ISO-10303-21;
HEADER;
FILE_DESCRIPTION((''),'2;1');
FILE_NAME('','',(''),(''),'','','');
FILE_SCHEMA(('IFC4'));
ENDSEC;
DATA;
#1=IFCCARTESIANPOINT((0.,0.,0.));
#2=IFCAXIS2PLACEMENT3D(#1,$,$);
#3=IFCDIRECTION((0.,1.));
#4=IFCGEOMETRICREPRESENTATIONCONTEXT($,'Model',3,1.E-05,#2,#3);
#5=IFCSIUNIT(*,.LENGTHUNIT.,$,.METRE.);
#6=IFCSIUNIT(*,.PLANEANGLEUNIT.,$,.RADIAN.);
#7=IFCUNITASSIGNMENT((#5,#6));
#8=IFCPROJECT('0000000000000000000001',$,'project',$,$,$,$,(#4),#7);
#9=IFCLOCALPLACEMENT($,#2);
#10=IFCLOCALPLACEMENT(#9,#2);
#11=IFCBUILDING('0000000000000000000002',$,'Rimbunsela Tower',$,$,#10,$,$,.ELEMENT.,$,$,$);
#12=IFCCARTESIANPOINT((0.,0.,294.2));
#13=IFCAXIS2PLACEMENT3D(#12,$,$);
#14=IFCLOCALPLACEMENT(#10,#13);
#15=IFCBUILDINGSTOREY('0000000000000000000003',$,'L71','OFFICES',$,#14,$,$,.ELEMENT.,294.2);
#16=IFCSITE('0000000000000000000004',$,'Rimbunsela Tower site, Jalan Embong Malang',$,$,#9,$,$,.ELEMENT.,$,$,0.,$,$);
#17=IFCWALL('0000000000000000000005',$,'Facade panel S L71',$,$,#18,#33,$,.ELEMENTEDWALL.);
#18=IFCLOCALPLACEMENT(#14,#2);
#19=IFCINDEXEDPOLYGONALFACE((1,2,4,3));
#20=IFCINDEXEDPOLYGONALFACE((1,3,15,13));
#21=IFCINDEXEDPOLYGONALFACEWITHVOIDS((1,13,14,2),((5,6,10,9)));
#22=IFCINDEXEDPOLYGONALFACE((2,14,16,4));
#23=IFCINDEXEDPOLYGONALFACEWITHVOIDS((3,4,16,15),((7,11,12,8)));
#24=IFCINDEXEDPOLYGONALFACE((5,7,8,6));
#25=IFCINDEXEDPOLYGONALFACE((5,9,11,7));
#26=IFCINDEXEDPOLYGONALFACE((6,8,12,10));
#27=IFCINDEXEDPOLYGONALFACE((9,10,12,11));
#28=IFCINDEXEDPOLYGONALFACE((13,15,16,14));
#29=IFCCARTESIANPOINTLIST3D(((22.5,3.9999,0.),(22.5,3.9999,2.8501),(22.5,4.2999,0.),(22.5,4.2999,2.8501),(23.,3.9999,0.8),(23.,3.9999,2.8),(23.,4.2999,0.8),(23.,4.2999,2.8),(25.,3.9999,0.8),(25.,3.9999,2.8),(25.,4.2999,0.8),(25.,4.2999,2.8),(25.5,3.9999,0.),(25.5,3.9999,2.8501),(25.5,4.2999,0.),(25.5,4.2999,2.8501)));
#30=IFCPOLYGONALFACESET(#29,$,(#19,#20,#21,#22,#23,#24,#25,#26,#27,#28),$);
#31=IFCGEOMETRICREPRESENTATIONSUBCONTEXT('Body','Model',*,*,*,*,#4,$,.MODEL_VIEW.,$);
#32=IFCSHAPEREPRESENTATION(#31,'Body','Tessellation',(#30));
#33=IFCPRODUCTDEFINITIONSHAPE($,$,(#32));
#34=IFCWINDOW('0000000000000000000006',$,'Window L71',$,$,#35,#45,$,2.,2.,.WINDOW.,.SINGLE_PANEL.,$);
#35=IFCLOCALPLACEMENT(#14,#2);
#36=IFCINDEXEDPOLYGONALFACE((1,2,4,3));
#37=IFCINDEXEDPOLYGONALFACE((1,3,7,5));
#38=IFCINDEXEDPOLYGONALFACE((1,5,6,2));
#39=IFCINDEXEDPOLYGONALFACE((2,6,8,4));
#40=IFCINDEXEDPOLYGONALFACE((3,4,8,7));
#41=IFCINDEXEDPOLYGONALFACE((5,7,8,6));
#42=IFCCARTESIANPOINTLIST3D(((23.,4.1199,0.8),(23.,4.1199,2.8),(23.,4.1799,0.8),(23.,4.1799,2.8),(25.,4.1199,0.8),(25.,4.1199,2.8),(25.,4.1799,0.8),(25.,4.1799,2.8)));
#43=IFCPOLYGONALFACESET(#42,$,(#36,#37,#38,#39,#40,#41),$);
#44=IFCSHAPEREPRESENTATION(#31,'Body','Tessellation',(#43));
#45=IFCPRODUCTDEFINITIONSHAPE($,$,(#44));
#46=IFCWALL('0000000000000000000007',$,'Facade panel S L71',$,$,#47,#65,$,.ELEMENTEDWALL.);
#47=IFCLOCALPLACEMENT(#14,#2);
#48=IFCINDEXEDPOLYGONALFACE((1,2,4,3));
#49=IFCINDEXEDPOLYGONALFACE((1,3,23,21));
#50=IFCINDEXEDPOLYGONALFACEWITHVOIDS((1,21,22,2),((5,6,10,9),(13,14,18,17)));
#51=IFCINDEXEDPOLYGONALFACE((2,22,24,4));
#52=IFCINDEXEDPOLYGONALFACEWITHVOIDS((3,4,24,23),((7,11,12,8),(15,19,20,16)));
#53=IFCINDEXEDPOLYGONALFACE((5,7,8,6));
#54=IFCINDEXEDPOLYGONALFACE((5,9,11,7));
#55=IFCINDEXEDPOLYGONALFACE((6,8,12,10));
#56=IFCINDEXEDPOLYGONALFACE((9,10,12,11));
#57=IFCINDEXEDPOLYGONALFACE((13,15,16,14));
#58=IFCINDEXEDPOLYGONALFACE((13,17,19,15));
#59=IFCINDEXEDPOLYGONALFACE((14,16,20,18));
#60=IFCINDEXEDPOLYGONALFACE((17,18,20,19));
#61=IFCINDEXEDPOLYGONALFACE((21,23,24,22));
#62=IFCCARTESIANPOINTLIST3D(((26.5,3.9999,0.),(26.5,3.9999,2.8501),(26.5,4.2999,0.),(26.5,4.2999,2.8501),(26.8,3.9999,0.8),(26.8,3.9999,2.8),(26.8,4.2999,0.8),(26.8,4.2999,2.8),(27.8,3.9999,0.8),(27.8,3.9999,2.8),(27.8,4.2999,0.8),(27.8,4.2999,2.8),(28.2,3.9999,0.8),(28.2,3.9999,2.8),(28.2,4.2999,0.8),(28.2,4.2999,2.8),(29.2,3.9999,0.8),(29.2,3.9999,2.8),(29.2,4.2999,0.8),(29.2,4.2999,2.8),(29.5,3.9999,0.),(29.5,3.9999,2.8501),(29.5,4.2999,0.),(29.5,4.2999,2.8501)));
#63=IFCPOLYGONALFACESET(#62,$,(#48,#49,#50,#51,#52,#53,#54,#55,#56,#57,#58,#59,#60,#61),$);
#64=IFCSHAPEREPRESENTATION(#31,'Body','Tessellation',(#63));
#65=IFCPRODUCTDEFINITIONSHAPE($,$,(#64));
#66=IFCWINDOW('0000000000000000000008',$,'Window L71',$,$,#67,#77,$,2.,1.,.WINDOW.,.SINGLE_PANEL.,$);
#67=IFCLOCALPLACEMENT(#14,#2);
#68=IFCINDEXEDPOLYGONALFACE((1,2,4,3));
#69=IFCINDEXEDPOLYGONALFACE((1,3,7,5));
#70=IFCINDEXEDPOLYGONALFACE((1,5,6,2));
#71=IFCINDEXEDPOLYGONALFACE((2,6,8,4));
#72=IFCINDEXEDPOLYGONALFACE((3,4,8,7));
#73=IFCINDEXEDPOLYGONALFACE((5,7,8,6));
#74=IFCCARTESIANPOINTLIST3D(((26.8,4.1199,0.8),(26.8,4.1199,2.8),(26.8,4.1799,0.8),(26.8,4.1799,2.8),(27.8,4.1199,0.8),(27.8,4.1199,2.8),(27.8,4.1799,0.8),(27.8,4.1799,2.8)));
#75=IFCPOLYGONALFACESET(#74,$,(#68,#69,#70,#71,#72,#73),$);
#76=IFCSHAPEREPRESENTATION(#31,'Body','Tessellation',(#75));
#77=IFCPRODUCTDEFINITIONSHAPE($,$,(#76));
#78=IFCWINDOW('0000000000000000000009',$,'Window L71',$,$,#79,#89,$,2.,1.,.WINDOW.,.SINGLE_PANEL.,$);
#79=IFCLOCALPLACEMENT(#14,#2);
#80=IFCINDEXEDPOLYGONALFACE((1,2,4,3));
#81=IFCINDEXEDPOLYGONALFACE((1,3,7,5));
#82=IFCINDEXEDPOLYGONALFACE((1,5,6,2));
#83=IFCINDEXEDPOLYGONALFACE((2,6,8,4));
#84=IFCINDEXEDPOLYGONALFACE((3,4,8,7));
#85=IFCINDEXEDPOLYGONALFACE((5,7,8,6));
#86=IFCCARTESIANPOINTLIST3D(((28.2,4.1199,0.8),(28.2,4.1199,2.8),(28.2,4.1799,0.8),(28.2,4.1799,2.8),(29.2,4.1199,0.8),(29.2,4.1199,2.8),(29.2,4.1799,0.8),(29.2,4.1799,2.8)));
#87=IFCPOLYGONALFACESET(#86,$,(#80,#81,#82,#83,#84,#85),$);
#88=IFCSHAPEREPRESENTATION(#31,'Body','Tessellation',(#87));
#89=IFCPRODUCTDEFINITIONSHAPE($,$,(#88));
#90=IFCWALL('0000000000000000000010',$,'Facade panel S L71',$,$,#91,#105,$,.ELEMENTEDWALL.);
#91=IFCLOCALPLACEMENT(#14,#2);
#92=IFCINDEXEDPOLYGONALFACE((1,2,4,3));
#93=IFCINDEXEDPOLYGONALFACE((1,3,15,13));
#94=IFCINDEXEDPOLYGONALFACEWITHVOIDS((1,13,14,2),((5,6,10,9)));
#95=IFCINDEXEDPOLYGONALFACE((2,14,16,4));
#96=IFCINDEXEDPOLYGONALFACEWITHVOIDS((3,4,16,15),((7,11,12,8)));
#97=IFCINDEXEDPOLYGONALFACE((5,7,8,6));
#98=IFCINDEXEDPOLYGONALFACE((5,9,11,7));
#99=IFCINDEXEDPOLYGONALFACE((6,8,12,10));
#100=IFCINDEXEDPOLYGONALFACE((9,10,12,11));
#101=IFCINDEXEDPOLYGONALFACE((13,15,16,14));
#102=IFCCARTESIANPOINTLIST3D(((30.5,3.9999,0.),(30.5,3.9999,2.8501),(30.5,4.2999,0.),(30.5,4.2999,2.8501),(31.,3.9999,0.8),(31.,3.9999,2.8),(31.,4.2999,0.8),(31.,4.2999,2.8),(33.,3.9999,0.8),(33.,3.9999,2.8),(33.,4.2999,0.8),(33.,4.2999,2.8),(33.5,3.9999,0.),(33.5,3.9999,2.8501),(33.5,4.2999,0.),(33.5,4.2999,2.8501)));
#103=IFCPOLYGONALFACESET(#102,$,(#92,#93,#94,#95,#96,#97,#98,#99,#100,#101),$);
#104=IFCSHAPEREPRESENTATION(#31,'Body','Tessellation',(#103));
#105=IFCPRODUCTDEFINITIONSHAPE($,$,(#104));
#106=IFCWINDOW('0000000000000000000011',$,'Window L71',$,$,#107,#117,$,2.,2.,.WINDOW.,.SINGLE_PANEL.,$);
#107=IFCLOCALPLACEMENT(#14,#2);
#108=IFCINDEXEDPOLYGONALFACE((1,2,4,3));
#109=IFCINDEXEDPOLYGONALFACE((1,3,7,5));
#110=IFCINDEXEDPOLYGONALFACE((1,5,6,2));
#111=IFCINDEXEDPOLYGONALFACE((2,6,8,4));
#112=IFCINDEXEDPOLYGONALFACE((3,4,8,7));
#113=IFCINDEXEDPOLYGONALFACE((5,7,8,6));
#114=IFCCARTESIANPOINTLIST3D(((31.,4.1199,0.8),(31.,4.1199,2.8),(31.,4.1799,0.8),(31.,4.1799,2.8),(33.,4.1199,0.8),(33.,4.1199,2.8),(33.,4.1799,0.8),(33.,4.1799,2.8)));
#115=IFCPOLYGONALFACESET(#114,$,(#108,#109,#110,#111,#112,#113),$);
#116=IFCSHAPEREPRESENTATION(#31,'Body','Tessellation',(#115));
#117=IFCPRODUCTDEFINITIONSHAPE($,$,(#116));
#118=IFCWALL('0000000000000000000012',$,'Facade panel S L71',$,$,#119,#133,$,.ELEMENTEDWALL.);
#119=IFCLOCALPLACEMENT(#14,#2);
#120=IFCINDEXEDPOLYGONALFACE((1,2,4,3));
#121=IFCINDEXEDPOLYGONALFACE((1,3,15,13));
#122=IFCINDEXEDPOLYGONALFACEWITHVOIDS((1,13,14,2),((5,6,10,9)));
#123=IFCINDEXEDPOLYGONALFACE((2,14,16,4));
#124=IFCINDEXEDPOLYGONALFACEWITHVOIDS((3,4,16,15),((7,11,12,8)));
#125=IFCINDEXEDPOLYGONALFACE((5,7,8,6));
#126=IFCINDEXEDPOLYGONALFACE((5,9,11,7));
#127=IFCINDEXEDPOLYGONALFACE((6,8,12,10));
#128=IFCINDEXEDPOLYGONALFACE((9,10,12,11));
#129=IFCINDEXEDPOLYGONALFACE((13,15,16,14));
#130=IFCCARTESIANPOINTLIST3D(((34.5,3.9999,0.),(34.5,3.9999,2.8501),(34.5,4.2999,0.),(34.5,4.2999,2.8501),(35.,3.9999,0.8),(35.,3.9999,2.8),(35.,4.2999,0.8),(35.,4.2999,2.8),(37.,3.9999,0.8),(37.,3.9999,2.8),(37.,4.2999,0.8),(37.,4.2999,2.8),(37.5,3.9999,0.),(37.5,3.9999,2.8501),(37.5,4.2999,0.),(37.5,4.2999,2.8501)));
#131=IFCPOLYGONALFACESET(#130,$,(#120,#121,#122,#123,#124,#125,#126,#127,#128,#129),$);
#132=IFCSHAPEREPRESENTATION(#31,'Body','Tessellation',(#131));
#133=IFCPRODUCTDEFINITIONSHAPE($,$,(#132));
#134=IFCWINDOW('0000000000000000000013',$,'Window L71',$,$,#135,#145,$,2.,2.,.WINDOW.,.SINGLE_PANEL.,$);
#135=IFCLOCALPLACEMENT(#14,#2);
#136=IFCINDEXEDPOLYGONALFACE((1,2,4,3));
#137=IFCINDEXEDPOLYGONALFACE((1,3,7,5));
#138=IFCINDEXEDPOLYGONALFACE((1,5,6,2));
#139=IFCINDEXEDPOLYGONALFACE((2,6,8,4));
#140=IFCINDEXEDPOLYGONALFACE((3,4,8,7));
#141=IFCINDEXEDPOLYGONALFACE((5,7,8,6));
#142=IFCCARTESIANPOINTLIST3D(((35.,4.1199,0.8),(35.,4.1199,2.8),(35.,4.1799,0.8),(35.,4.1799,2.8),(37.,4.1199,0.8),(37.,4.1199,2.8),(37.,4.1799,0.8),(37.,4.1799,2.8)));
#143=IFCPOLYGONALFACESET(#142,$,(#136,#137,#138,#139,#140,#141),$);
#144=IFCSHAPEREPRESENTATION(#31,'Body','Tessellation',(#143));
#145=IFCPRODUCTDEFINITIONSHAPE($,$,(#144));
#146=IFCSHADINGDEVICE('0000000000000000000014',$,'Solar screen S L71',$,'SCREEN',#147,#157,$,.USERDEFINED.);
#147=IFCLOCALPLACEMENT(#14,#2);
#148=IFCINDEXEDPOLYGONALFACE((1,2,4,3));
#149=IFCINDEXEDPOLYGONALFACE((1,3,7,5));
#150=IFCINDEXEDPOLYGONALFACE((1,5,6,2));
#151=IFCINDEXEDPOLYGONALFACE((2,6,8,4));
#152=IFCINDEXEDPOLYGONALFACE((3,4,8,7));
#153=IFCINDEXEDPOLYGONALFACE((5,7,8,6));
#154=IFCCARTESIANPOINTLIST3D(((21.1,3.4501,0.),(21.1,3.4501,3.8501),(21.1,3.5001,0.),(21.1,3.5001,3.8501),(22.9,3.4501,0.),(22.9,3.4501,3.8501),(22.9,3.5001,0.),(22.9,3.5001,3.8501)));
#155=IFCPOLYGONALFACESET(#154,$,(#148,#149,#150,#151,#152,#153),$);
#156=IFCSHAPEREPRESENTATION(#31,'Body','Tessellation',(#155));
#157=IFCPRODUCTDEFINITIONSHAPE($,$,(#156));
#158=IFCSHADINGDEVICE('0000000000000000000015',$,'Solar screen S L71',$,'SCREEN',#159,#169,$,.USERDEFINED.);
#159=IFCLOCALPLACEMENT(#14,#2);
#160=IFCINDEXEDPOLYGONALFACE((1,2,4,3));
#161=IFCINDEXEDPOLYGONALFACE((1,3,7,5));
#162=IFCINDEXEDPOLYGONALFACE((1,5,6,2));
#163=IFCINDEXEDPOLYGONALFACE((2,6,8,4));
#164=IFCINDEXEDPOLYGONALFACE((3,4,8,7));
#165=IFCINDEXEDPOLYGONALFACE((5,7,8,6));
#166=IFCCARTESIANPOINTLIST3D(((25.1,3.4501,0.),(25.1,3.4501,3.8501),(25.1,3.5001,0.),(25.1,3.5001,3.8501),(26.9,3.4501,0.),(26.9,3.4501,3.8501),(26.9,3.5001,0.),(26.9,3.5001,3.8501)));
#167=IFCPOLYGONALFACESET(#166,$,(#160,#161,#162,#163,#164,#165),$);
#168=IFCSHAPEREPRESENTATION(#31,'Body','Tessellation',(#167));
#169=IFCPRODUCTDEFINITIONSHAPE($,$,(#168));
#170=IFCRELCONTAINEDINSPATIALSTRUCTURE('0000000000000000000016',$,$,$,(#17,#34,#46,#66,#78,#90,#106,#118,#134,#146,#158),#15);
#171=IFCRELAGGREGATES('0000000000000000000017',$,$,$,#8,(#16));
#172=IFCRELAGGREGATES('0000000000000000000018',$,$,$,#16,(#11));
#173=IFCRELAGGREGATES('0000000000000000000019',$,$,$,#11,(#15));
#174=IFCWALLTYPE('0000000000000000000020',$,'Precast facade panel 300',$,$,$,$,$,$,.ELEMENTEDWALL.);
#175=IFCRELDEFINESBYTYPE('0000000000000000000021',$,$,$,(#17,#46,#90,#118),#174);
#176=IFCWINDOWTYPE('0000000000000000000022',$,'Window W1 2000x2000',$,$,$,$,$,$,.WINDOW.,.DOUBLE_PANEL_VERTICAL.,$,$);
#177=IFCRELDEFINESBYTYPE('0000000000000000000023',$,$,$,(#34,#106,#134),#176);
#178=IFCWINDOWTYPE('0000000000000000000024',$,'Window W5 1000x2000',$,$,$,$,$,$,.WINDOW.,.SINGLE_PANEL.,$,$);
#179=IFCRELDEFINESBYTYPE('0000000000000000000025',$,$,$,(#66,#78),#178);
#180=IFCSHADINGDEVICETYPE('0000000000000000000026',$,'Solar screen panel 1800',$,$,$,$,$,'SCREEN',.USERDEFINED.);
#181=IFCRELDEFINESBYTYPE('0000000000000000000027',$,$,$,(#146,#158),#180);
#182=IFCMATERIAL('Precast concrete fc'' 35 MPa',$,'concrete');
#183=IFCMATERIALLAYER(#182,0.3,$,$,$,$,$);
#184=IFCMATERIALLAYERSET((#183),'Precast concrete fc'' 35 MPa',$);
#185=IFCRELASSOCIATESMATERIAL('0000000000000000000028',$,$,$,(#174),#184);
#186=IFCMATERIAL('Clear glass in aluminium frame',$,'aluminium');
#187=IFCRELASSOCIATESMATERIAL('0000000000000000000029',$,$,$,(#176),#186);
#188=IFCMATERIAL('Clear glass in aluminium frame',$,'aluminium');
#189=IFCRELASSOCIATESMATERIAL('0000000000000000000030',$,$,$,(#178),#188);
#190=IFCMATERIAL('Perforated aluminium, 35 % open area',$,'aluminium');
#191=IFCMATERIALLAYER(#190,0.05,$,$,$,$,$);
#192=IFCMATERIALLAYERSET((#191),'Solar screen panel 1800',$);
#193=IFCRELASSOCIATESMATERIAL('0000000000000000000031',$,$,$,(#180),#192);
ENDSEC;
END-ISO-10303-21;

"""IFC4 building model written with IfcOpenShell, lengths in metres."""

from ifc_helpers import new_model, si_unit, direction, frame, frame_2d, origin, origin_2d, place, context, subcontext, project, spatial, rectangle, extrude, material, layer, layer_set, type_object, element, fill, save


model = new_model("IFC4")

# Units and contexts
model_context = context("Model", 3, precision=1e-05, world=origin(), true_north=direction((0.0, 1.0)))
body_context = subcontext(model_context, "Body", "Model", "MODEL_VIEW")
ifc_project = project(units=[si_unit("LENGTHUNIT", "METRE"), si_unit("PLANEANGLEUNIT", "RADIAN")], contexts=[model_context])

# Site, building, storey
site_placement = place(None, origin())
site = spatial("IfcSite", under=ifc_project, at=site_placement, Name="Rimbunsela Tower site, Jalan Embong Malang", CompositionType="ELEMENT", RefElevation=0.0)
building_placement = place(site_placement, origin())
building = spatial("IfcBuilding", under=site, at=building_placement, Name="Rimbunsela Tower", CompositionType="ELEMENT")
storey_placement = place(building_placement, frame((0.0, 0.0, 294.2)))
storey = spatial("IfcBuildingStorey", under=building, at=storey_placement, Name="L71", Description="OFFICES", CompositionType="ELEMENT", Elevation=294.2)

# Wall, opening, window
ifc_material_1 = material(Name="Precast concrete fc' 35 MPa", Category="concrete")
ifc_layer_1 = layer(ifc_material_1, 0.3)
ifc_layer_set_1 = layer_set([ifc_layer_1], Name="Precast concrete fc' 35 MPa")
wall_type = type_object("IfcWallType", Name="Precast facade panel 300", PredefinedType="ELEMENTEDWALL", material=ifc_layer_set_1)
ifc_material_2 = material(Name="Clear glass in aluminium frame", Category="aluminium")
window_type_1 = type_object("IfcWindowType", Name="Window W1 2000x2000", PartitioningType="DOUBLE_PANEL_VERTICAL", PredefinedType="WINDOW", material=ifc_material_2)
wall_1_placement = place(storey_placement, frame((22.5, 4.1499, 0.0), z_axis=(0.0, 0.0, 1.0), x_axis=(1.0, 0.0, 0.0)))
wall_1 = element("IfcWall", 1, at=wall_1_placement, inside=storey, type_object=wall_type, Name="Facade panel S L71", PredefinedType="ELEMENTEDWALL", context=body_context, shape_type="SweptSolid", body=[
    extrude(rectangle(XDim=3.0, YDim=0.3, at=frame_2d((1.5, 0.0))), origin(), (0.0, 0.0, 1.0), 2.8501),
])
opening_1_placement = place(wall_1_placement, frame((0.5, 0.0, 0.8)))
opening_1 = element("IfcOpeningElement", 2, at=opening_1_placement, cuts=wall_1, PredefinedType="OPENING", context=body_context, shape_type="SweptSolid", body=[
    extrude(rectangle(XDim=2.0, YDim=2.0, at=frame_2d((1.0, 1.0))), frame((0.0, 0.1599, 0.0), z_axis=(0.0, -1.0, 0.0), x_axis=(1.0, 0.0, 0.0)), (0.0, 0.0, 1.0), 0.3201),
])
window_1_placement = place(opening_1_placement, origin())
window_1 = element("IfcWindow", 3, at=window_1_placement, inside=storey, type_object=window_type_1, Name="Window L71", OverallHeight=2.0, OverallWidth=2.0, PartitioningType="SINGLE_PANEL", PredefinedType="WINDOW", context=body_context, shape_type="SweptSolid", body=[
    extrude(rectangle(XDim=2.0, YDim=2.0, at=frame_2d((1.0, 1.0))), frame((0.0, 0.03, 0.0), z_axis=(0.0, -1.0, 0.0), x_axis=(1.0, 0.0, 0.0)), (0.0, 0.0, 1.0), 0.0601),
])
fill(opening_1, window_1)

# Wall, openings, windows
wall_2_placement = place(storey_placement, frame((26.5, 4.1499, 0.0), z_axis=(0.0, 0.0, 1.0), x_axis=(1.0, 0.0, 0.0)))
wall_2 = element("IfcWall", 4, at=wall_2_placement, inside=storey, type_object=wall_type, Name="Facade panel S L71", PredefinedType="ELEMENTEDWALL", context=body_context, shape_type="SweptSolid", body=[
    extrude(rectangle(XDim=3.0, YDim=0.3, at=frame_2d((1.5, 0.0))), origin(), (0.0, 0.0, 1.0), 2.8501),
])
opening_2_placement = place(wall_2_placement, frame((0.3, 0.0, 0.8)))
opening_2 = element("IfcOpeningElement", 5, at=opening_2_placement, cuts=wall_2, PredefinedType="OPENING", context=body_context, shape_type="SweptSolid", body=[
    extrude(rectangle(XDim=1.0, YDim=2.0, at=frame_2d((0.5, 1.0))), frame((0.0, 0.1599, 0.0), z_axis=(0.0, -1.0, 0.0), x_axis=(1.0, 0.0, 0.0)), (0.0, 0.0, 1.0), 0.3201),
])
opening_3_placement = place(wall_2_placement, frame((1.7, 0.0, 0.8)))
opening_3 = element("IfcOpeningElement", 6, at=opening_3_placement, cuts=wall_2, PredefinedType="OPENING", context=body_context, shape_type="SweptSolid", body=[
    extrude(rectangle(XDim=1.0, YDim=2.0, at=frame_2d((0.5, 1.0))), frame((0.0, 0.1599, 0.0), z_axis=(0.0, -1.0, 0.0), x_axis=(1.0, 0.0, 0.0)), (0.0, 0.0, 1.0), 0.3201),
])
ifc_material_3 = material(Name="Clear glass in aluminium frame", Category="aluminium")
window_type_2 = type_object("IfcWindowType", Name="Window W5 1000x2000", PartitioningType="SINGLE_PANEL", PredefinedType="WINDOW", material=ifc_material_3)
window_2_placement = place(opening_2_placement, origin())
window_2 = element("IfcWindow", 7, at=window_2_placement, inside=storey, type_object=window_type_2, Name="Window L71", OverallHeight=2.0, OverallWidth=1.0, PartitioningType="SINGLE_PANEL", PredefinedType="WINDOW", context=body_context, shape_type="SweptSolid", body=[
    extrude(rectangle(XDim=1.0, YDim=2.0, at=frame_2d((0.5, 1.0))), frame((0.0, 0.03, 0.0), z_axis=(0.0, -1.0, 0.0), x_axis=(1.0, 0.0, 0.0)), (0.0, 0.0, 1.0), 0.0601),
])
fill(opening_2, window_2)
window_3_placement = place(opening_3_placement, origin())
window_3 = element("IfcWindow", 8, at=window_3_placement, inside=storey, type_object=window_type_2, Name="Window L71", OverallHeight=2.0, OverallWidth=1.0, PartitioningType="SINGLE_PANEL", PredefinedType="WINDOW", context=body_context, shape_type="SweptSolid", body=[
    extrude(rectangle(XDim=1.0, YDim=2.0, at=frame_2d((0.5, 1.0))), frame((0.0, 0.03, 0.0), z_axis=(0.0, -1.0, 0.0), x_axis=(1.0, 0.0, 0.0)), (0.0, 0.0, 1.0), 0.0601),
])
fill(opening_3, window_3)

# Walls, openings, windows
wall_3_placement = place(storey_placement, frame((30.5, 4.1499, 0.0), z_axis=(0.0, 0.0, 1.0), x_axis=(1.0, 0.0, 0.0)))
wall_3 = element("IfcWall", 9, at=wall_3_placement, inside=storey, type_object=wall_type, Name="Facade panel S L71", PredefinedType="ELEMENTEDWALL", context=body_context, shape_type="SweptSolid", body=[
    extrude(rectangle(XDim=3.0, YDim=0.3, at=frame_2d((1.5, 0.0))), origin(), (0.0, 0.0, 1.0), 2.8501),
])
opening_4_placement = place(wall_3_placement, frame((0.5, 0.0, 0.8)))
opening_4 = element("IfcOpeningElement", 10, at=opening_4_placement, cuts=wall_3, PredefinedType="OPENING", context=body_context, shape_type="SweptSolid", body=[
    extrude(rectangle(XDim=2.0, YDim=2.0, at=frame_2d((1.0, 1.0))), frame((0.0, 0.1599, 0.0), z_axis=(0.0, -1.0, 0.0), x_axis=(1.0, 0.0, 0.0)), (0.0, 0.0, 1.0), 0.3201),
])
window_4_placement = place(opening_4_placement, origin())
window_4 = element("IfcWindow", 11, at=window_4_placement, inside=storey, type_object=window_type_1, Name="Window L71", OverallHeight=2.0, OverallWidth=2.0, PartitioningType="SINGLE_PANEL", PredefinedType="WINDOW", context=body_context, shape_type="SweptSolid", body=[
    extrude(rectangle(XDim=2.0, YDim=2.0, at=frame_2d((1.0, 1.0))), frame((0.0, 0.03, 0.0), z_axis=(0.0, -1.0, 0.0), x_axis=(1.0, 0.0, 0.0)), (0.0, 0.0, 1.0), 0.0601),
])
fill(opening_4, window_4)
wall_4_placement = place(storey_placement, frame((34.5, 4.1499, 0.0), z_axis=(0.0, 0.0, 1.0), x_axis=(1.0, 0.0, 0.0)))
wall_4 = element("IfcWall", 12, at=wall_4_placement, inside=storey, type_object=wall_type, Name="Facade panel S L71", PredefinedType="ELEMENTEDWALL", context=body_context, shape_type="SweptSolid", body=[
    extrude(rectangle(XDim=3.0, YDim=0.3, at=frame_2d((1.5, 0.0))), origin(), (0.0, 0.0, 1.0), 2.8501),
])
opening_5_placement = place(wall_4_placement, frame((0.5, 0.0, 0.8)))
opening_5 = element("IfcOpeningElement", 13, at=opening_5_placement, cuts=wall_4, PredefinedType="OPENING", context=body_context, shape_type="SweptSolid", body=[
    extrude(rectangle(XDim=2.0, YDim=2.0, at=frame_2d((1.0, 1.0))), frame((0.0, 0.1599, 0.0), z_axis=(0.0, -1.0, 0.0), x_axis=(1.0, 0.0, 0.0)), (0.0, 0.0, 1.0), 0.3201),
])
window_5_placement = place(opening_5_placement, origin())
window_5 = element("IfcWindow", 14, at=window_5_placement, inside=storey, type_object=window_type_1, Name="Window L71", OverallHeight=2.0, OverallWidth=2.0, PartitioningType="SINGLE_PANEL", PredefinedType="WINDOW", context=body_context, shape_type="SweptSolid", body=[
    extrude(rectangle(XDim=2.0, YDim=2.0, at=frame_2d((1.0, 1.0))), frame((0.0, 0.03, 0.0), z_axis=(0.0, -1.0, 0.0), x_axis=(1.0, 0.0, 0.0)), (0.0, 0.0, 1.0), 0.0601),
])
fill(opening_5, window_5)

# Shading devices
ifc_material_4 = material(Name="Perforated aluminium, 35 % open area", Category="aluminium")
ifc_layer_2 = layer(ifc_material_4, 0.05)
ifc_layer_set_2 = layer_set([ifc_layer_2], Name="Solar screen panel 1800")
shading_device_type = type_object("IfcShadingDeviceType", Name="Solar screen panel 1800", ElementType="SCREEN", PredefinedType="USERDEFINED", material=ifc_layer_set_2)
for number, where, z_axis, x_axis, name in (
    (15, (22.0, 3.4751, 0.0), (0.0, 0.0, 1.0), (1.0, 0.0, 0.0), "Solar screen S L71"),
    (16, (26.0, 3.4751, 0.0), (0.0, 0.0, 1.0), (1.0, 0.0, 0.0), "Solar screen S L71"),
):
    element("IfcShadingDevice", number, at=place(storey_placement, frame(where, z_axis=z_axis, x_axis=x_axis)), inside=storey, type_object=shading_device_type, Name=name, ObjectType="SCREEN", PredefinedType="USERDEFINED", context=body_context, shape_type="SweptSolid", body=[
        extrude(rectangle(XDim=1.8, YDim=0.05, at=origin_2d()), origin(), (0.0, 0.0, 1.0), 3.8501),
    ])

save(model, "model.ifc")
